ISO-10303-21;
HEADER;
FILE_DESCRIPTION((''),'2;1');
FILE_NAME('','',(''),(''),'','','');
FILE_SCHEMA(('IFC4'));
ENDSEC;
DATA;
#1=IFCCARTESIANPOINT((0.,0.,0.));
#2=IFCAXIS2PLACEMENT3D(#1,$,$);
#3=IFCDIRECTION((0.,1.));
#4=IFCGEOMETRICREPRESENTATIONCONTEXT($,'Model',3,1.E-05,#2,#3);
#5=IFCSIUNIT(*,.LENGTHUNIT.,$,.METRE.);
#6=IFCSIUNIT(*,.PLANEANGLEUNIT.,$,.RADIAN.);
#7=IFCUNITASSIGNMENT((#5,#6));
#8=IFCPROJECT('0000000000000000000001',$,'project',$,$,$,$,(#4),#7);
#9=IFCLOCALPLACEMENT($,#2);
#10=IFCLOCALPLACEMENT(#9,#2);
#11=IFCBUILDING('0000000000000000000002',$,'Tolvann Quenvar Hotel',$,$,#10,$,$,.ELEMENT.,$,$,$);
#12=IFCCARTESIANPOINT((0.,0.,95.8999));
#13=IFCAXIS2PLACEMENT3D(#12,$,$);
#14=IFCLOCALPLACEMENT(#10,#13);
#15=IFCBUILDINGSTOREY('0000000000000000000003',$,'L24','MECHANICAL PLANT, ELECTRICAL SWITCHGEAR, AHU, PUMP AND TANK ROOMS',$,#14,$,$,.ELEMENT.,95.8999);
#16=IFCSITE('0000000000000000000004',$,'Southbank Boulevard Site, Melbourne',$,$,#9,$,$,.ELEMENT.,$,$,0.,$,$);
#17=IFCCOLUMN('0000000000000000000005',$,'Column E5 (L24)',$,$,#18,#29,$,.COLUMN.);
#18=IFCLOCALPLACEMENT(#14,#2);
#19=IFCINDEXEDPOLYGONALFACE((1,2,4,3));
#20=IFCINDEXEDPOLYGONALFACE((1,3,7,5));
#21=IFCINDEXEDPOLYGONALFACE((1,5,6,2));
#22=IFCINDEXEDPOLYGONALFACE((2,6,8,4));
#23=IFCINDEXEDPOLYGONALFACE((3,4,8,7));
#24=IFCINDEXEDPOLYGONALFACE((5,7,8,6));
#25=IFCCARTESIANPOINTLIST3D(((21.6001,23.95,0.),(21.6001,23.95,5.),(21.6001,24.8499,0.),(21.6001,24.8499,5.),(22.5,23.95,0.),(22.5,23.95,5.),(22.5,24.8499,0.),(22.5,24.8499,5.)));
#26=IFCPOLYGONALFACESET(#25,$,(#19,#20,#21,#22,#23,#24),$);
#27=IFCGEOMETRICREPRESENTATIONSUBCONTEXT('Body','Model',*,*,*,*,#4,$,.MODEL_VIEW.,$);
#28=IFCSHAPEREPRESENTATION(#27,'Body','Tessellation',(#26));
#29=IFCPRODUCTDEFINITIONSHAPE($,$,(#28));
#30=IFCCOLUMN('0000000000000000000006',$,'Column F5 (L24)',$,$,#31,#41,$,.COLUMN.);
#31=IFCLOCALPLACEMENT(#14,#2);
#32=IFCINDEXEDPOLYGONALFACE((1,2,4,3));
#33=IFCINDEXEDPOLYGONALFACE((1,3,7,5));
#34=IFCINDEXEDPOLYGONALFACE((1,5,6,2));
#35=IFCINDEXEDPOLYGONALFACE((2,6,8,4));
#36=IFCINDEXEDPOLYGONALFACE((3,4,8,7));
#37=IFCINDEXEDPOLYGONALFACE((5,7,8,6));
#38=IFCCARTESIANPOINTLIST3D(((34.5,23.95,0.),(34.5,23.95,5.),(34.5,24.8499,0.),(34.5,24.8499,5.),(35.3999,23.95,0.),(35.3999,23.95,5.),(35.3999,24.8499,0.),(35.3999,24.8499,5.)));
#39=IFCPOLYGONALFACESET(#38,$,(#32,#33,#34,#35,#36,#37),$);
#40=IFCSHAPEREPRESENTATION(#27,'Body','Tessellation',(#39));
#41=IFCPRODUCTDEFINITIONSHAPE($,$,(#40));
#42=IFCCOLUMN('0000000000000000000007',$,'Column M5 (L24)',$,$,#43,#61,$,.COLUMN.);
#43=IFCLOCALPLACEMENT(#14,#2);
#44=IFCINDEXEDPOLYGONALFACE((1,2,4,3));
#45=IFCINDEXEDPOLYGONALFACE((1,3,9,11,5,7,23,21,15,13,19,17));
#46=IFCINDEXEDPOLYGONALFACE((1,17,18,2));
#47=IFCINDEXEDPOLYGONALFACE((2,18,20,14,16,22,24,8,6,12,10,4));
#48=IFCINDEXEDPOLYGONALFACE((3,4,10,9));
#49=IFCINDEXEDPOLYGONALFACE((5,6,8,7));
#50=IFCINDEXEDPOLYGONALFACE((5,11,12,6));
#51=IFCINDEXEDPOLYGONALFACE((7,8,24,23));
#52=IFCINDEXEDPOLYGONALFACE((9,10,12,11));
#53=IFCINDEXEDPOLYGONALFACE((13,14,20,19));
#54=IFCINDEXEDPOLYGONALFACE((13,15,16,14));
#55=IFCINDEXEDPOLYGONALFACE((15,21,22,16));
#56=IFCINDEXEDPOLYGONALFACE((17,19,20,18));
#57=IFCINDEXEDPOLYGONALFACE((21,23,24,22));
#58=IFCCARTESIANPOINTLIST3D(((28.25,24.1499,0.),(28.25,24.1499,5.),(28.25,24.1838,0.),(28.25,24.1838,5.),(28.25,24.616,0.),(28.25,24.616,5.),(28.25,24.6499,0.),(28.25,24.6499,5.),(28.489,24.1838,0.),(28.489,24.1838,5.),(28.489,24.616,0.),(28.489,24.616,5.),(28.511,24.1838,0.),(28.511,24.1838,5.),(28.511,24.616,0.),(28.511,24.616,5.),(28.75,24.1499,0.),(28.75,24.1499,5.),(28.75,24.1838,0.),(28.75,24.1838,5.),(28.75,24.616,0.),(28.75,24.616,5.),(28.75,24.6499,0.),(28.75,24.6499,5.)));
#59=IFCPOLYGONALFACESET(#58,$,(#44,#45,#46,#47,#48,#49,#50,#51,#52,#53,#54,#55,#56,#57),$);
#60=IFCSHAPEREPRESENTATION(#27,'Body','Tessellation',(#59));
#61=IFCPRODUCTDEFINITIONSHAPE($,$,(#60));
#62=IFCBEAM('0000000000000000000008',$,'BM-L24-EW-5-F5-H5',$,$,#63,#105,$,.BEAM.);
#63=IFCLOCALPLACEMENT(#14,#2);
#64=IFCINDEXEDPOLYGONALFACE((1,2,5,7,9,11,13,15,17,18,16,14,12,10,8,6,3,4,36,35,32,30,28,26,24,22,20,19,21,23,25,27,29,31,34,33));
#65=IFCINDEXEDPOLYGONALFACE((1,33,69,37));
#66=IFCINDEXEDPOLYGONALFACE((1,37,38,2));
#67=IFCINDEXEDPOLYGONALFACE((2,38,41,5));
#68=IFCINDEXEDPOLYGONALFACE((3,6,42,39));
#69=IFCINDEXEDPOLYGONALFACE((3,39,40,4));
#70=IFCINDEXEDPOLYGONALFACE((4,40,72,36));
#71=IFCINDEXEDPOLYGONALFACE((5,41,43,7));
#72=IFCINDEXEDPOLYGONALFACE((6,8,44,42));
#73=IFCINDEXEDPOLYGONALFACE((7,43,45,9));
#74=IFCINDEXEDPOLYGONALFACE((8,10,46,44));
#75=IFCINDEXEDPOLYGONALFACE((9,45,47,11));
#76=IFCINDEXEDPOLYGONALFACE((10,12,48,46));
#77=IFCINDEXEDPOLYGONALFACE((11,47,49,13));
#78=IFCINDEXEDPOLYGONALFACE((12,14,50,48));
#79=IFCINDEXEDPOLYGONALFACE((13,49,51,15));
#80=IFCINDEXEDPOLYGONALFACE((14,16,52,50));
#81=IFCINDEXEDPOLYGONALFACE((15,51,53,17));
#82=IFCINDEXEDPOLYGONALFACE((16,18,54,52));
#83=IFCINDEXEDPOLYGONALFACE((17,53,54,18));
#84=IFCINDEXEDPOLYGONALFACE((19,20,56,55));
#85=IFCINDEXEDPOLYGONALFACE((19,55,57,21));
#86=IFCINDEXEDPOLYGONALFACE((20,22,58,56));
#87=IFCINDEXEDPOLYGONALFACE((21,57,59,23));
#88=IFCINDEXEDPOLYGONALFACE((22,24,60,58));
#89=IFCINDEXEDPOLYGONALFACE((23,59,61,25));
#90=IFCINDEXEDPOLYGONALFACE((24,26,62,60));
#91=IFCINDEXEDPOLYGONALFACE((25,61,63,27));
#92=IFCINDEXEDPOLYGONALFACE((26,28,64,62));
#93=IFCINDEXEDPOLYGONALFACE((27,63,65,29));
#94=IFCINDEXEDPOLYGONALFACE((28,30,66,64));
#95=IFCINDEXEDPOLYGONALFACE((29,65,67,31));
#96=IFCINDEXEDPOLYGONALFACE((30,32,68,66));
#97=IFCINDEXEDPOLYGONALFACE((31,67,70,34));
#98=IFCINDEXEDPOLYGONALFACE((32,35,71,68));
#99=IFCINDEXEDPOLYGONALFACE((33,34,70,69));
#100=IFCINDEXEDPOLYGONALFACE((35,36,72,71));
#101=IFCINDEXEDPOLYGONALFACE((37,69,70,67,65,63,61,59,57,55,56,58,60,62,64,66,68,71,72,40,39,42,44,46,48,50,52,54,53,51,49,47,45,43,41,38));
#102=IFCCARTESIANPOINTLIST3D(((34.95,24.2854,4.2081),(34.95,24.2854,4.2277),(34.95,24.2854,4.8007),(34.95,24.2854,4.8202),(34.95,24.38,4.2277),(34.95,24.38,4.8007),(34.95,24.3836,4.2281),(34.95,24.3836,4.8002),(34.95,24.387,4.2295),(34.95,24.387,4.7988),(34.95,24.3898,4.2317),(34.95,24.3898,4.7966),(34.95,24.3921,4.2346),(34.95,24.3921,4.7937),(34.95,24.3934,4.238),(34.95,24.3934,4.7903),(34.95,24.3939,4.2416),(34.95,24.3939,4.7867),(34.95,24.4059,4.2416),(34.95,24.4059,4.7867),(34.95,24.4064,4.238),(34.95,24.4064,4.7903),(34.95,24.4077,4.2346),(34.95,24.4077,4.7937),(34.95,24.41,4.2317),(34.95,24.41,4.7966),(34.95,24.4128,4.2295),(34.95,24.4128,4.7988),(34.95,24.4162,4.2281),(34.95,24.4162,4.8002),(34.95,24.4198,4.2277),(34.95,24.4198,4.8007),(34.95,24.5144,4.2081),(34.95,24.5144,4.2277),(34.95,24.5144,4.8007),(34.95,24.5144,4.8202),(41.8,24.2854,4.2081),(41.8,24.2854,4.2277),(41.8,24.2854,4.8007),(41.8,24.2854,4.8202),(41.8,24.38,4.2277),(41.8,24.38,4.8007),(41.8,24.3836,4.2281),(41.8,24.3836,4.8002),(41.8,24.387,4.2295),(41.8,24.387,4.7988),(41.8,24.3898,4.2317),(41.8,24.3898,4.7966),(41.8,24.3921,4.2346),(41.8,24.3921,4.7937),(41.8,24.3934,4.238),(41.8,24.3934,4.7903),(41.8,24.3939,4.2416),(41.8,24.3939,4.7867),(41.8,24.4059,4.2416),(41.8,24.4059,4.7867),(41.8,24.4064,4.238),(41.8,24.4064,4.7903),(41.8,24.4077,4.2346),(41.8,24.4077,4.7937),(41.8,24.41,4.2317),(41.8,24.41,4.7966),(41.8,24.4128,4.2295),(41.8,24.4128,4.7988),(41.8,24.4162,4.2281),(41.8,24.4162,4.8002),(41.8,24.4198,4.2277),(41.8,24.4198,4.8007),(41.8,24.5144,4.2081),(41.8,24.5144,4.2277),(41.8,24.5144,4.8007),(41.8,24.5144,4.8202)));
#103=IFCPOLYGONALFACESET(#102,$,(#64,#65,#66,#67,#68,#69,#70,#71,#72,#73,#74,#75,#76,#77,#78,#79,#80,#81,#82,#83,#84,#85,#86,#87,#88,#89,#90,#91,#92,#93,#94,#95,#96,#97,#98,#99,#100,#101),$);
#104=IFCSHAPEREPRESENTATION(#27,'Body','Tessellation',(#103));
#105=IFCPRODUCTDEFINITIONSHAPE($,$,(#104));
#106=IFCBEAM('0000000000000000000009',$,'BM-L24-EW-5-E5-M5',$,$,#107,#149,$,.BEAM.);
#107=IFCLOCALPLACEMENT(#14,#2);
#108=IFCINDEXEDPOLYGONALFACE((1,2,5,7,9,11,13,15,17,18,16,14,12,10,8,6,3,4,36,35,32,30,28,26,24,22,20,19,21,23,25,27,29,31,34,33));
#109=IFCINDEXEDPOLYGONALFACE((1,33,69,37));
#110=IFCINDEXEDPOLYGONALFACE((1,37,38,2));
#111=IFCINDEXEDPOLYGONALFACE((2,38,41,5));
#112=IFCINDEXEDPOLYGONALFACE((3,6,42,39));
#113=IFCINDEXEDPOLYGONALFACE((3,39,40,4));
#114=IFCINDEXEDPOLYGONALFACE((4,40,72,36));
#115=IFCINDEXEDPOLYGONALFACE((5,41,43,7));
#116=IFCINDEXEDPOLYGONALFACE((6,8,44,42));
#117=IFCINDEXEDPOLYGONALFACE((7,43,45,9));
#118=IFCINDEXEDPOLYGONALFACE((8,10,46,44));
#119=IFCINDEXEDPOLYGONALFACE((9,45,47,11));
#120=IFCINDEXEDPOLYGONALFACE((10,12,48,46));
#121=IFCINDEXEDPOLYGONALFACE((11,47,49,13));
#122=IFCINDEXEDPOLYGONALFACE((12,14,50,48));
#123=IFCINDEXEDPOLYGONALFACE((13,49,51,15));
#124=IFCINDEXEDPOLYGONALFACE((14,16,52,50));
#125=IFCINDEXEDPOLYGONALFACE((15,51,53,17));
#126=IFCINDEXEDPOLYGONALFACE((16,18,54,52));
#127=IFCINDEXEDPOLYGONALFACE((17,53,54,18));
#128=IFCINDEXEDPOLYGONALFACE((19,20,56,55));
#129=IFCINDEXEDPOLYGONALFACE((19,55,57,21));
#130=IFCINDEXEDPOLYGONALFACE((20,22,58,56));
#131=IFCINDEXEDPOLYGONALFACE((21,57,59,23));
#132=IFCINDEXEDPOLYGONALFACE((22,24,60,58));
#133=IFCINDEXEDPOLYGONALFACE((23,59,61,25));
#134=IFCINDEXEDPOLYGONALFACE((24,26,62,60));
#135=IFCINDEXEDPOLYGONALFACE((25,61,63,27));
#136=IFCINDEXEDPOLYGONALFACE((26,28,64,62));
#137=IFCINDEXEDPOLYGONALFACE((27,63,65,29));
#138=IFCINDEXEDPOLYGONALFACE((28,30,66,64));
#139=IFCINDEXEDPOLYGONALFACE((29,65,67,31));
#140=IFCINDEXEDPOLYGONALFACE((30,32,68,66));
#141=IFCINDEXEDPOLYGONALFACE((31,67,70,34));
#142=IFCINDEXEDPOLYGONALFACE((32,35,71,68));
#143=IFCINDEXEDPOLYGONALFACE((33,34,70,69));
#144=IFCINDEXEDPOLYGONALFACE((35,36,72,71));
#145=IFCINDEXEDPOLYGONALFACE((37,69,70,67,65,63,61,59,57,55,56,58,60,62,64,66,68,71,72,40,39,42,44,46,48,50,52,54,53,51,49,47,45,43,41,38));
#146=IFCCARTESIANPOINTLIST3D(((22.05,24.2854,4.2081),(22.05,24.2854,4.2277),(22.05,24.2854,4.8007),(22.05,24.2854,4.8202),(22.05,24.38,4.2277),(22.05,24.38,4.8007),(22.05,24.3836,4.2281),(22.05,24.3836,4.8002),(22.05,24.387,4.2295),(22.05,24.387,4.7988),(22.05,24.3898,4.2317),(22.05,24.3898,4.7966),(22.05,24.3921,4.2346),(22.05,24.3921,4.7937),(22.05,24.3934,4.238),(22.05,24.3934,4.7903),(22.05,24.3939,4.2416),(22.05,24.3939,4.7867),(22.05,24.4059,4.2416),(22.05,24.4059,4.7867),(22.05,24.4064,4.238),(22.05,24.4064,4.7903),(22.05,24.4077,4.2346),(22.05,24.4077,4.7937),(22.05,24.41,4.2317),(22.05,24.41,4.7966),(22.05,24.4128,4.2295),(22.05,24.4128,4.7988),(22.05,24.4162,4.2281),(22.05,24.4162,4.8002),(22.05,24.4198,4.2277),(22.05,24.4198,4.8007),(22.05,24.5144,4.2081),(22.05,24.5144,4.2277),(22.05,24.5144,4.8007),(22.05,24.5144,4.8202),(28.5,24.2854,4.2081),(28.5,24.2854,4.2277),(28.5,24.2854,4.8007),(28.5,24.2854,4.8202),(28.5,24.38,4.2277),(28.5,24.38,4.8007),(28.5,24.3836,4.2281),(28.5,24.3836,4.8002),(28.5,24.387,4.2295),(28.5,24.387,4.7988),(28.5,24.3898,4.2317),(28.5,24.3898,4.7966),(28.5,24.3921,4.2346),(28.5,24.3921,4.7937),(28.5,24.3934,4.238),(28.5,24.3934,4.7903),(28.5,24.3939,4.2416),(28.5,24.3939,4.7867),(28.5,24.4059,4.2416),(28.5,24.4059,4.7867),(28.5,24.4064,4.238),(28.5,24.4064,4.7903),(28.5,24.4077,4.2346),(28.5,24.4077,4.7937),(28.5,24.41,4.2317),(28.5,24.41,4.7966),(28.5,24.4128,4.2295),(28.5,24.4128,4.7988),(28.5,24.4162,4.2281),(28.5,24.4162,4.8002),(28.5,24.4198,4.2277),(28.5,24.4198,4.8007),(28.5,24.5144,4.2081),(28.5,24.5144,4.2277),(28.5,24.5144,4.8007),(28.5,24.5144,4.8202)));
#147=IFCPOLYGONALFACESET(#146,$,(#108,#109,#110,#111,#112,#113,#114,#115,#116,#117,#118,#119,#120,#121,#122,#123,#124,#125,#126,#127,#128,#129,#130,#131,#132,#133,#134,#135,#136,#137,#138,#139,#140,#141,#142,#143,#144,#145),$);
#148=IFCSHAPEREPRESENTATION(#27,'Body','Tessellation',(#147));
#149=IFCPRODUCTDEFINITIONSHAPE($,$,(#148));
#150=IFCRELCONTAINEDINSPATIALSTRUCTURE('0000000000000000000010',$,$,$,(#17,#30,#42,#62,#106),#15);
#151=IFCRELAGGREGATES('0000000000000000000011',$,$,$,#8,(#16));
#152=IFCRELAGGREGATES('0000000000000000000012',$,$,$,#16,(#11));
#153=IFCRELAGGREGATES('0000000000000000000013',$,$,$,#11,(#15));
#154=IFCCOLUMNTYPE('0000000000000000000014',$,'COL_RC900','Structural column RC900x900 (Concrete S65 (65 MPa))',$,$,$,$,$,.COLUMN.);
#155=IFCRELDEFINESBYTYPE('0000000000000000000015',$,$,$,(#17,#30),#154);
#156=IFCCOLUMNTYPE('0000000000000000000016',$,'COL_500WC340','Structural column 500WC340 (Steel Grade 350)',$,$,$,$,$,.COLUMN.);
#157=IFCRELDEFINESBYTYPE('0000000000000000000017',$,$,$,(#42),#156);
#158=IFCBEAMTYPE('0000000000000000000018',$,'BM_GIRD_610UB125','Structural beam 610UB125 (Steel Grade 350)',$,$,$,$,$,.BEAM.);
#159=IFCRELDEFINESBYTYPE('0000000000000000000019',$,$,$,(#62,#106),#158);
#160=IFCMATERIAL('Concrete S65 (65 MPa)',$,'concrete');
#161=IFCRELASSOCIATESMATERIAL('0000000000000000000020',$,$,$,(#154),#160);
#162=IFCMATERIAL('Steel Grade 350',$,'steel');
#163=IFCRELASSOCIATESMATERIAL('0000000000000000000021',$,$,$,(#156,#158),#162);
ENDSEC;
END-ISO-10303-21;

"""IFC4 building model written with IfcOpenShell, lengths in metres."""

from ifc_helpers import new_model, si_unit, direction, frame, origin, origin_2d, place, context, subcontext, project, spatial, rectangle, i_section, extrude, source, transform, mapped, material, material_profile, profile_set, type_object, type_shapes, element, save


model = new_model("IFC4")

# Units and contexts
model_context = context("Model", 3, precision=1e-05, world=origin(), true_north=direction((0.0, 1.0)))
body_context = subcontext(model_context, "Body", "Model", "MODEL_VIEW")
ifc_project = project(units=[si_unit("LENGTHUNIT", "METRE"), si_unit("PLANEANGLEUNIT", "RADIAN")], contexts=[model_context])

# Site, building, storey
site_placement = place(None, origin())
site = spatial("IfcSite", under=ifc_project, at=site_placement, Name="Southbank Boulevard Site, Melbourne", CompositionType="ELEMENT", RefElevation=0.0)
building_placement = place(site_placement, origin())
building = spatial("IfcBuilding", under=site, at=building_placement, Name="Tolvann Quenvar Hotel", CompositionType="ELEMENT")
storey_placement = place(building_placement, frame((0.0, 0.0, 95.8999)))
storey = spatial("IfcBuildingStorey", under=building, at=storey_placement, Name="L24", Description="MECHANICAL PLANT, ELECTRICAL SWITCHGEAR, AHU, PUMP AND TANK ROOMS", CompositionType="ELEMENT", Elevation=95.8999)

# Columns
ifc_material_1 = material(Name="Concrete S65 (65 MPa)", Category="concrete")
ifc_material_profile_1 = material_profile(ifc_material_1, rectangle(XDim=0.8999, YDim=0.8999, at=origin_2d()), Name="RC900x900")
ifc_profile_set_1 = profile_set([ifc_material_profile_1], Name="Concrete S65 (65 MPa)")
column_type_1 = type_object("IfcColumnType", Name="COL_RC900", Description="Structural column RC900x900 (Concrete S65 (65 MPa))", PredefinedType="COLUMN", material=ifc_profile_set_1)
shared_shape_1 = source(origin(), body_context, "Body", "SweptSolid", [
    extrude(rectangle(XDim=0.8999, YDim=0.8999, at=origin_2d()), origin(), (0.0, 0.0, 1.0), 5.0),
])
type_shapes(column_type_1, [shared_shape_1])
for number, where, z_axis, x_axis, name in (
    (1, (22.05, 24.3999, 0.0), (0.0, 0.0, 1.0), (1.0, 0.0, 0.0), "Column E5 (L24)"),
    (2, (34.95, 24.3999, 0.0), (0.0, 0.0, 1.0), (1.0, 0.0, 0.0), "Column F5 (L24)"),
):
    element("IfcColumn", number, at=place(storey_placement, frame(where, z_axis=z_axis, x_axis=x_axis)), inside=storey, type_object=column_type_1, Name=name, PredefinedType="COLUMN", context=body_context, shape_type="MappedRepresentation", body=[
        mapped(shared_shape_1, transform((0.0, 0.0, 0.0), x_axis=(1.0, 0.0, 0.0), y_axis=(0.0, 1.0, 0.0), z_axis=(0.0, 0.0, 1.0), scale=1.0)),
    ])
ifc_material_2 = material(Name="Steel Grade 350", Category="steel")
ifc_material_profile_2 = material_profile(ifc_material_2, i_section(OverallWidth=0.5, OverallDepth=0.5, WebThickness=0.022, FlangeThickness=0.0339, at=origin_2d()), Name="500WC340")
ifc_profile_set_2 = profile_set([ifc_material_profile_2], Name="Steel Grade 350")
column_type_2 = type_object("IfcColumnType", Name="COL_500WC340", Description="Structural column 500WC340 (Steel Grade 350)", PredefinedType="COLUMN", material=ifc_profile_set_2)
shared_shape_2 = source(origin(), body_context, "Body", "SweptSolid", [
    extrude(i_section(OverallWidth=0.5, OverallDepth=0.5, WebThickness=0.022, FlangeThickness=0.0339, at=origin_2d()), origin(), (0.0, 0.0, 1.0), 5.0),
])
type_shapes(column_type_2, [shared_shape_2])
column_placement = place(storey_placement, frame((28.5, 24.3999, 0.0), z_axis=(0.0, 0.0, 1.0), x_axis=(1.0, 0.0, 0.0)))
element("IfcColumn", 3, at=column_placement, inside=storey, type_object=column_type_2, Name="Column M5 (L24)", PredefinedType="COLUMN", context=body_context, shape_type="MappedRepresentation", body=[
    mapped(shared_shape_2, transform((0.0, 0.0, 0.0), x_axis=(1.0, 0.0, 0.0), y_axis=(0.0, 1.0, 0.0), z_axis=(0.0, 0.0, 1.0), scale=1.0)),
])

# Beams
ifc_material_profile_3 = material_profile(ifc_material_2, i_section(OverallWidth=0.229, OverallDepth=0.6121, WebThickness=0.012, FlangeThickness=0.0195, FilletRadius=0.0139, at=origin_2d()), Name="610UB125")
ifc_profile_set_3 = profile_set([ifc_material_profile_3], Name="Steel Grade 350")
beam_type_1 = type_object("IfcBeamType", Name="BM_GIRD_610UB125", Description="Structural beam 610UB125 (Steel Grade 350)", PredefinedType="BEAM", material=ifc_profile_set_3)
shared_shape_3 = source(origin(), body_context, "Body", "SweptSolid", [
    extrude(i_section(OverallWidth=0.229, OverallDepth=0.6121, WebThickness=0.012, FlangeThickness=0.0195, FilletRadius=0.0139, at=origin_2d()), origin(), (0.0, 0.0, 1.0), 6.8501),
])
beam_1_placement = place(storey_placement, frame((34.95, 24.3999, 4.5142), z_axis=(1.0, 0.0, 0.0), x_axis=(0.0, 1.0, 0.0)))
element("IfcBeam", 4, at=beam_1_placement, inside=storey, type_object=beam_type_1, Name="BM-L24-EW-5-F5-H5", PredefinedType="BEAM", context=body_context, shape_type="MappedRepresentation", body=[
    mapped(shared_shape_3, transform((0.0, 0.0, 0.0), x_axis=(1.0, 0.0, 0.0), y_axis=(0.0, 1.0, 0.0), z_axis=(0.0, 0.0, 1.0), scale=1.0)),
])
shared_shape_4 = source(origin(), body_context, "Body", "SweptSolid", [
    extrude(i_section(OverallWidth=0.229, OverallDepth=0.6121, WebThickness=0.012, FlangeThickness=0.0195, FilletRadius=0.0139, at=origin_2d()), origin(), (0.0, 0.0, 1.0), 6.45),
])
for number, where, z_axis, x_axis, name in (
    (5, (22.05, 24.3999, 4.5142), (1.0, 0.0, 0.0), (0.0, 1.0, 0.0), "BM-L24-EW-5-E5-M5"),
):
    element("IfcBeam", number, at=place(storey_placement, frame(where, z_axis=z_axis, x_axis=x_axis)), inside=storey, type_object=beam_type_1, Name=name, PredefinedType="BEAM", context=body_context, shape_type="MappedRepresentation", body=[
        mapped(shared_shape_4, transform((0.0, 0.0, 0.0), x_axis=(1.0, 0.0, 0.0), y_axis=(0.0, 1.0, 0.0), z_axis=(0.0, 0.0, 1.0), scale=1.0)),
    ])

save(model, "model.ifc")
